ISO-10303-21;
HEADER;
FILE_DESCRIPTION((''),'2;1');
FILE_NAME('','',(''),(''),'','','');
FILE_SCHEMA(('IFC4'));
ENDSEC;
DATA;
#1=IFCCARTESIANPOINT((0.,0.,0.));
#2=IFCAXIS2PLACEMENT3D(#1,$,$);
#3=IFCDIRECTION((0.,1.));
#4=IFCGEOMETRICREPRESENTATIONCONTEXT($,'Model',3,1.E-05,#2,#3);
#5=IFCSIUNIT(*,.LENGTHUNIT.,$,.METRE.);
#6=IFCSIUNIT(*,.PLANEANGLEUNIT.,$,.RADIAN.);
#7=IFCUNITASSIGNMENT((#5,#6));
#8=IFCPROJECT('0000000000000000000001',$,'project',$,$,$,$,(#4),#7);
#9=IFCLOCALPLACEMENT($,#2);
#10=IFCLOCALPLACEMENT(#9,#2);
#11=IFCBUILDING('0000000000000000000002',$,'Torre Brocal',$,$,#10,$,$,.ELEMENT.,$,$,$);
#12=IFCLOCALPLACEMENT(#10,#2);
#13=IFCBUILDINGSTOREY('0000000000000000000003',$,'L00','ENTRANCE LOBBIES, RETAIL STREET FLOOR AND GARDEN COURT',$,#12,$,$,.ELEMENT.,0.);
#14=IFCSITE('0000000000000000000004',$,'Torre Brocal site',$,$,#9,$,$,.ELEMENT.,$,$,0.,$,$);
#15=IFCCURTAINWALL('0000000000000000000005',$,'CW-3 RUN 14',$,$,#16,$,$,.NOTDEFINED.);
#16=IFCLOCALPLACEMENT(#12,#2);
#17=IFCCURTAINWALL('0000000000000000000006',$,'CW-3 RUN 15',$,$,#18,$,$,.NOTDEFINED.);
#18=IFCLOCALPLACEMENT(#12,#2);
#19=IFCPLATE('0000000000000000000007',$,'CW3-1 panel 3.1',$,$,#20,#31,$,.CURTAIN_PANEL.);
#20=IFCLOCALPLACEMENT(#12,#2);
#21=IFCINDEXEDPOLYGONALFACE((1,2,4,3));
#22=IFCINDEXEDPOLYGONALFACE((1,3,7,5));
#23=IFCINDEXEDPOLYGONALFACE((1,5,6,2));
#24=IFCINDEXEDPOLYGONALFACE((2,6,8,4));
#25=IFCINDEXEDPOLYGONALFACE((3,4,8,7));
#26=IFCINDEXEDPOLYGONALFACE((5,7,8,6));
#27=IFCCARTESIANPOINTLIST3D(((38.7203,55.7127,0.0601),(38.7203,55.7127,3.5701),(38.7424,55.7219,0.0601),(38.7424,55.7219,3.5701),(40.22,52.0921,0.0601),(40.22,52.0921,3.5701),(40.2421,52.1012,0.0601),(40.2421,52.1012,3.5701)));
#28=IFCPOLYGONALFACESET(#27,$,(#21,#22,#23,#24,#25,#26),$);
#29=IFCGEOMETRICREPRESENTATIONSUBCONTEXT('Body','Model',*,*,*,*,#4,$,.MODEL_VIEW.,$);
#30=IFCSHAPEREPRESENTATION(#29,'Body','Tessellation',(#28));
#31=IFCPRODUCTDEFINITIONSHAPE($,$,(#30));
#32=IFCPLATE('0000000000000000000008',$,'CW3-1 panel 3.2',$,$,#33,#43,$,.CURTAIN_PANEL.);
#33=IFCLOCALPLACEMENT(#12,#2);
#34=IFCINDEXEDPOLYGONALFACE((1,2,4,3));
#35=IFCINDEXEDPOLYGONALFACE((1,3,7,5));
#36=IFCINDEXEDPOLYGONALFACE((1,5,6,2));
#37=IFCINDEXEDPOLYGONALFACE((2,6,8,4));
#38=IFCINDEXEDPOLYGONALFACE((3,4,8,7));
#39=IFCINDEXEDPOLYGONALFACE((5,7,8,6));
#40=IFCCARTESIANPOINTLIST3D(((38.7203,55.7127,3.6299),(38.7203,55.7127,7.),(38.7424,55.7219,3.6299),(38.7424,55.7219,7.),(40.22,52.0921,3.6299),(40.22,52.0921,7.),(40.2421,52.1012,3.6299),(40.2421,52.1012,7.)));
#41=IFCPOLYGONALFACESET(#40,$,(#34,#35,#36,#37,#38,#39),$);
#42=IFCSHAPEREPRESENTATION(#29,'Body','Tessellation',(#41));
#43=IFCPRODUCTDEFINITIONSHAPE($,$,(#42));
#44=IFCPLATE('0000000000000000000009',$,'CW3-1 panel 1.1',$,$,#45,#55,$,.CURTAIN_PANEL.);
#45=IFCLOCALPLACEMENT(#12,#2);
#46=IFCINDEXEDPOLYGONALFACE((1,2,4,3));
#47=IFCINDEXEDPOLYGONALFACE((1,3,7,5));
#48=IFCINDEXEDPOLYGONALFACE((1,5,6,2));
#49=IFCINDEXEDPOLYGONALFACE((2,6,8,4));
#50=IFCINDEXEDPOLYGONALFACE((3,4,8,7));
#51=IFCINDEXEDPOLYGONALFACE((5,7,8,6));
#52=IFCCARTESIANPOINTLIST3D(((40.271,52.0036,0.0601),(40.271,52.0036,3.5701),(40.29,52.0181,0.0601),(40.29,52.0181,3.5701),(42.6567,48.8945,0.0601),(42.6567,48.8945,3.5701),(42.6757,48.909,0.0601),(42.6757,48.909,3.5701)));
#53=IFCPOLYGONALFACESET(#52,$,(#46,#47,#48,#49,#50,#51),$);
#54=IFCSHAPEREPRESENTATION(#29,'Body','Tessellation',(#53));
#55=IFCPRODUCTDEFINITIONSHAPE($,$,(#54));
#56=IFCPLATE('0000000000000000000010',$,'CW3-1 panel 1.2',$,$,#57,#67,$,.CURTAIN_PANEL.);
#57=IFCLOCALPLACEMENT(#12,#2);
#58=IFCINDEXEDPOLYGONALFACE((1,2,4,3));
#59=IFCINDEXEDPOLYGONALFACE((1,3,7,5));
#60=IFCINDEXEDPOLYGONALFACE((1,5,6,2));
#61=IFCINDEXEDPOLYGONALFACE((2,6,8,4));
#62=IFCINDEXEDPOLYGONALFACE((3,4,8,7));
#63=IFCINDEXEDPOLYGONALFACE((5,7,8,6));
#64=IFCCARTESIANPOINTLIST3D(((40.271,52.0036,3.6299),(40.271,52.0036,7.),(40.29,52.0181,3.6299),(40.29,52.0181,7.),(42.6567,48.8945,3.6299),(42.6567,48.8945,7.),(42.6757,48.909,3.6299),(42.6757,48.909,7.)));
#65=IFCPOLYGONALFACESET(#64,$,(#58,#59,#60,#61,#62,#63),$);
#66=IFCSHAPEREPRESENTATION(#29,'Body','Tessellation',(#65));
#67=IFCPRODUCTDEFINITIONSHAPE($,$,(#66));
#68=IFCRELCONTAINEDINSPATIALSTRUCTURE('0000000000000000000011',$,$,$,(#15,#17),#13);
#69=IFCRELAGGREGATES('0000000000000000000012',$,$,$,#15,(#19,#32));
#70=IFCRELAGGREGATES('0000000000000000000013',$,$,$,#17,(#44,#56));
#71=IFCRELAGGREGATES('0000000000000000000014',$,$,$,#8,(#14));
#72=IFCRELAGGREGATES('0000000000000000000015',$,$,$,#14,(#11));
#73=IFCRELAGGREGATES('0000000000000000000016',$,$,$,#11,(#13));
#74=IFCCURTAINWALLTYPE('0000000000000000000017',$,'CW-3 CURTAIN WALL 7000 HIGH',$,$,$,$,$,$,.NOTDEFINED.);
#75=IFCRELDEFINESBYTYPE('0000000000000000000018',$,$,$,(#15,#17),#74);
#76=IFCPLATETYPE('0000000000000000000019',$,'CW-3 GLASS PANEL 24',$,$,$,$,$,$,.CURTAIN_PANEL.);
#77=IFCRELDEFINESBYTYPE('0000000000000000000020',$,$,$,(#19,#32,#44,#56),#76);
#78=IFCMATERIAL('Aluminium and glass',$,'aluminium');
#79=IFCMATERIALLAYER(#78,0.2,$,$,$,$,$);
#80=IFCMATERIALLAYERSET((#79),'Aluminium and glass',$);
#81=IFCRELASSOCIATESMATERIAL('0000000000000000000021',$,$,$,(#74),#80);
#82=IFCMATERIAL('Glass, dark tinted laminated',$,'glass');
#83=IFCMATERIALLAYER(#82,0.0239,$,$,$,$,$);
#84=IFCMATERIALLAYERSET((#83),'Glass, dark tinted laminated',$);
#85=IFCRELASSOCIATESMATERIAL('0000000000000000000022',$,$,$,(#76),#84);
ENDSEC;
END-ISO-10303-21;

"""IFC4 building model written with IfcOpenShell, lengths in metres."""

from ifc_helpers import new_model, si_unit, direction, frame, origin, origin_2d, place, context, subcontext, project, spatial, rectangle, extrude, material, layer, layer_set, type_object, element, aggregate, save


model = new_model("IFC4")

# Units and contexts
model_context = context("Model", 3, precision=1e-05, world=origin(), true_north=direction((0.0, 1.0)))
body_context = subcontext(model_context, "Body", "Model", "MODEL_VIEW")
ifc_project = project(units=[si_unit("LENGTHUNIT", "METRE"), si_unit("PLANEANGLEUNIT", "RADIAN")], contexts=[model_context])

# Site, building, storey
site_placement = place(None, origin())
site = spatial("IfcSite", under=ifc_project, at=site_placement, Name="Torre Brocal site", CompositionType="ELEMENT", RefElevation=0.0)
building_placement = place(site_placement, origin())
building = spatial("IfcBuilding", under=site, at=building_placement, Name="Torre Brocal", CompositionType="ELEMENT")
storey_placement = place(building_placement, origin())
storey = spatial("IfcBuildingStorey", under=building, at=storey_placement, Name="L00", Description="ENTRANCE LOBBIES, RETAIL STREET FLOOR AND GARDEN COURT", CompositionType="ELEMENT", Elevation=0.0)

# Curtain wall
ifc_material_1 = material(Name="Aluminium and glass", Category="aluminium")
ifc_layer_1 = layer(ifc_material_1, 0.2)
ifc_layer_set_1 = layer_set([ifc_layer_1], Name="Aluminium and glass")
curtain_wall_type = type_object("IfcCurtainWallType", Name="CW-3 CURTAIN WALL 7000 HIGH", PredefinedType="NOTDEFINED", material=ifc_layer_set_1)
curtain_wall_1_placement = place(storey_placement, origin())
curtain_wall_1 = element("IfcCurtainWall", 1, at=curtain_wall_1_placement, inside=storey, type_object=curtain_wall_type, Name="CW-3 RUN 14", PredefinedType="NOTDEFINED")

# Curtain wall
curtain_wall_2_placement = place(storey_placement, origin())
curtain_wall_2 = element("IfcCurtainWall", 2, at=curtain_wall_2_placement, inside=storey, type_object=curtain_wall_type, Name="CW-3 RUN 15", PredefinedType="NOTDEFINED")

# Plates
ifc_material_2 = material(Name="Glass, dark tinted laminated", Category="glass")
ifc_layer_2 = layer(ifc_material_2, 0.0239)
ifc_layer_set_2 = layer_set([ifc_layer_2], Name="Glass, dark tinted laminated")
plate_type = type_object("IfcPlateType", Name="CW-3 GLASS PANEL 24", PredefinedType="CURTAIN_PANEL", material=ifc_layer_set_2)
plate_1_placement = place(storey_placement, frame((39.4812, 53.907, 0.0601), z_axis=(0.0, 0.0, 1.0), x_axis=(0.382683, -0.92388, 0.0)))
plate_1 = element("IfcPlate", 3, at=plate_1_placement, type_object=plate_type, Name="CW3-1 panel 3.1", PredefinedType="CURTAIN_PANEL", context=body_context, shape_type="SweptSolid", body=[
    extrude(rectangle(XDim=3.9189, YDim=0.0239, at=origin_2d()), origin(), (0.0, 0.0, 1.0), 3.51),
])
plate_2_placement = place(storey_placement, frame((39.4812, 53.907, 3.6299), z_axis=(0.0, 0.0, 1.0), x_axis=(0.382683, -0.92388, 0.0)))
plate_2 = element("IfcPlate", 4, at=plate_2_placement, type_object=plate_type, Name="CW3-1 panel 3.2", PredefinedType="CURTAIN_PANEL", context=body_context, shape_type="SweptSolid", body=[
    extrude(rectangle(XDim=3.9189, YDim=0.0239, at=origin_2d()), origin(), (0.0, 0.0, 1.0), 3.3701),
])
aggregate(curtain_wall_1, [plate_1, plate_2])
plate_3_placement = place(storey_placement, frame((41.4734, 50.4563, 0.0601), z_axis=(0.0, 0.0, 1.0), x_axis=(0.608761, -0.793353, 0.0)))
plate_3 = element("IfcPlate", 5, at=plate_3_placement, type_object=plate_type, Name="CW3-1 panel 1.1", PredefinedType="CURTAIN_PANEL", context=body_context, shape_type="SweptSolid", body=[
    extrude(rectangle(XDim=3.9189, YDim=0.0239, at=origin_2d()), origin(), (0.0, 0.0, 1.0), 3.51),
])
plate_4_placement = place(storey_placement, frame((41.4734, 50.4563, 3.6299), z_axis=(0.0, 0.0, 1.0), x_axis=(0.608761, -0.793353, 0.0)))
plate_4 = element("IfcPlate", 6, at=plate_4_placement, type_object=plate_type, Name="CW3-1 panel 1.2", PredefinedType="CURTAIN_PANEL", context=body_context, shape_type="SweptSolid", body=[
    extrude(rectangle(XDim=3.9189, YDim=0.0239, at=origin_2d()), origin(), (0.0, 0.0, 1.0), 3.3701),
])
aggregate(curtain_wall_2, [plate_3, plate_4])

save(model, "model.ifc")
